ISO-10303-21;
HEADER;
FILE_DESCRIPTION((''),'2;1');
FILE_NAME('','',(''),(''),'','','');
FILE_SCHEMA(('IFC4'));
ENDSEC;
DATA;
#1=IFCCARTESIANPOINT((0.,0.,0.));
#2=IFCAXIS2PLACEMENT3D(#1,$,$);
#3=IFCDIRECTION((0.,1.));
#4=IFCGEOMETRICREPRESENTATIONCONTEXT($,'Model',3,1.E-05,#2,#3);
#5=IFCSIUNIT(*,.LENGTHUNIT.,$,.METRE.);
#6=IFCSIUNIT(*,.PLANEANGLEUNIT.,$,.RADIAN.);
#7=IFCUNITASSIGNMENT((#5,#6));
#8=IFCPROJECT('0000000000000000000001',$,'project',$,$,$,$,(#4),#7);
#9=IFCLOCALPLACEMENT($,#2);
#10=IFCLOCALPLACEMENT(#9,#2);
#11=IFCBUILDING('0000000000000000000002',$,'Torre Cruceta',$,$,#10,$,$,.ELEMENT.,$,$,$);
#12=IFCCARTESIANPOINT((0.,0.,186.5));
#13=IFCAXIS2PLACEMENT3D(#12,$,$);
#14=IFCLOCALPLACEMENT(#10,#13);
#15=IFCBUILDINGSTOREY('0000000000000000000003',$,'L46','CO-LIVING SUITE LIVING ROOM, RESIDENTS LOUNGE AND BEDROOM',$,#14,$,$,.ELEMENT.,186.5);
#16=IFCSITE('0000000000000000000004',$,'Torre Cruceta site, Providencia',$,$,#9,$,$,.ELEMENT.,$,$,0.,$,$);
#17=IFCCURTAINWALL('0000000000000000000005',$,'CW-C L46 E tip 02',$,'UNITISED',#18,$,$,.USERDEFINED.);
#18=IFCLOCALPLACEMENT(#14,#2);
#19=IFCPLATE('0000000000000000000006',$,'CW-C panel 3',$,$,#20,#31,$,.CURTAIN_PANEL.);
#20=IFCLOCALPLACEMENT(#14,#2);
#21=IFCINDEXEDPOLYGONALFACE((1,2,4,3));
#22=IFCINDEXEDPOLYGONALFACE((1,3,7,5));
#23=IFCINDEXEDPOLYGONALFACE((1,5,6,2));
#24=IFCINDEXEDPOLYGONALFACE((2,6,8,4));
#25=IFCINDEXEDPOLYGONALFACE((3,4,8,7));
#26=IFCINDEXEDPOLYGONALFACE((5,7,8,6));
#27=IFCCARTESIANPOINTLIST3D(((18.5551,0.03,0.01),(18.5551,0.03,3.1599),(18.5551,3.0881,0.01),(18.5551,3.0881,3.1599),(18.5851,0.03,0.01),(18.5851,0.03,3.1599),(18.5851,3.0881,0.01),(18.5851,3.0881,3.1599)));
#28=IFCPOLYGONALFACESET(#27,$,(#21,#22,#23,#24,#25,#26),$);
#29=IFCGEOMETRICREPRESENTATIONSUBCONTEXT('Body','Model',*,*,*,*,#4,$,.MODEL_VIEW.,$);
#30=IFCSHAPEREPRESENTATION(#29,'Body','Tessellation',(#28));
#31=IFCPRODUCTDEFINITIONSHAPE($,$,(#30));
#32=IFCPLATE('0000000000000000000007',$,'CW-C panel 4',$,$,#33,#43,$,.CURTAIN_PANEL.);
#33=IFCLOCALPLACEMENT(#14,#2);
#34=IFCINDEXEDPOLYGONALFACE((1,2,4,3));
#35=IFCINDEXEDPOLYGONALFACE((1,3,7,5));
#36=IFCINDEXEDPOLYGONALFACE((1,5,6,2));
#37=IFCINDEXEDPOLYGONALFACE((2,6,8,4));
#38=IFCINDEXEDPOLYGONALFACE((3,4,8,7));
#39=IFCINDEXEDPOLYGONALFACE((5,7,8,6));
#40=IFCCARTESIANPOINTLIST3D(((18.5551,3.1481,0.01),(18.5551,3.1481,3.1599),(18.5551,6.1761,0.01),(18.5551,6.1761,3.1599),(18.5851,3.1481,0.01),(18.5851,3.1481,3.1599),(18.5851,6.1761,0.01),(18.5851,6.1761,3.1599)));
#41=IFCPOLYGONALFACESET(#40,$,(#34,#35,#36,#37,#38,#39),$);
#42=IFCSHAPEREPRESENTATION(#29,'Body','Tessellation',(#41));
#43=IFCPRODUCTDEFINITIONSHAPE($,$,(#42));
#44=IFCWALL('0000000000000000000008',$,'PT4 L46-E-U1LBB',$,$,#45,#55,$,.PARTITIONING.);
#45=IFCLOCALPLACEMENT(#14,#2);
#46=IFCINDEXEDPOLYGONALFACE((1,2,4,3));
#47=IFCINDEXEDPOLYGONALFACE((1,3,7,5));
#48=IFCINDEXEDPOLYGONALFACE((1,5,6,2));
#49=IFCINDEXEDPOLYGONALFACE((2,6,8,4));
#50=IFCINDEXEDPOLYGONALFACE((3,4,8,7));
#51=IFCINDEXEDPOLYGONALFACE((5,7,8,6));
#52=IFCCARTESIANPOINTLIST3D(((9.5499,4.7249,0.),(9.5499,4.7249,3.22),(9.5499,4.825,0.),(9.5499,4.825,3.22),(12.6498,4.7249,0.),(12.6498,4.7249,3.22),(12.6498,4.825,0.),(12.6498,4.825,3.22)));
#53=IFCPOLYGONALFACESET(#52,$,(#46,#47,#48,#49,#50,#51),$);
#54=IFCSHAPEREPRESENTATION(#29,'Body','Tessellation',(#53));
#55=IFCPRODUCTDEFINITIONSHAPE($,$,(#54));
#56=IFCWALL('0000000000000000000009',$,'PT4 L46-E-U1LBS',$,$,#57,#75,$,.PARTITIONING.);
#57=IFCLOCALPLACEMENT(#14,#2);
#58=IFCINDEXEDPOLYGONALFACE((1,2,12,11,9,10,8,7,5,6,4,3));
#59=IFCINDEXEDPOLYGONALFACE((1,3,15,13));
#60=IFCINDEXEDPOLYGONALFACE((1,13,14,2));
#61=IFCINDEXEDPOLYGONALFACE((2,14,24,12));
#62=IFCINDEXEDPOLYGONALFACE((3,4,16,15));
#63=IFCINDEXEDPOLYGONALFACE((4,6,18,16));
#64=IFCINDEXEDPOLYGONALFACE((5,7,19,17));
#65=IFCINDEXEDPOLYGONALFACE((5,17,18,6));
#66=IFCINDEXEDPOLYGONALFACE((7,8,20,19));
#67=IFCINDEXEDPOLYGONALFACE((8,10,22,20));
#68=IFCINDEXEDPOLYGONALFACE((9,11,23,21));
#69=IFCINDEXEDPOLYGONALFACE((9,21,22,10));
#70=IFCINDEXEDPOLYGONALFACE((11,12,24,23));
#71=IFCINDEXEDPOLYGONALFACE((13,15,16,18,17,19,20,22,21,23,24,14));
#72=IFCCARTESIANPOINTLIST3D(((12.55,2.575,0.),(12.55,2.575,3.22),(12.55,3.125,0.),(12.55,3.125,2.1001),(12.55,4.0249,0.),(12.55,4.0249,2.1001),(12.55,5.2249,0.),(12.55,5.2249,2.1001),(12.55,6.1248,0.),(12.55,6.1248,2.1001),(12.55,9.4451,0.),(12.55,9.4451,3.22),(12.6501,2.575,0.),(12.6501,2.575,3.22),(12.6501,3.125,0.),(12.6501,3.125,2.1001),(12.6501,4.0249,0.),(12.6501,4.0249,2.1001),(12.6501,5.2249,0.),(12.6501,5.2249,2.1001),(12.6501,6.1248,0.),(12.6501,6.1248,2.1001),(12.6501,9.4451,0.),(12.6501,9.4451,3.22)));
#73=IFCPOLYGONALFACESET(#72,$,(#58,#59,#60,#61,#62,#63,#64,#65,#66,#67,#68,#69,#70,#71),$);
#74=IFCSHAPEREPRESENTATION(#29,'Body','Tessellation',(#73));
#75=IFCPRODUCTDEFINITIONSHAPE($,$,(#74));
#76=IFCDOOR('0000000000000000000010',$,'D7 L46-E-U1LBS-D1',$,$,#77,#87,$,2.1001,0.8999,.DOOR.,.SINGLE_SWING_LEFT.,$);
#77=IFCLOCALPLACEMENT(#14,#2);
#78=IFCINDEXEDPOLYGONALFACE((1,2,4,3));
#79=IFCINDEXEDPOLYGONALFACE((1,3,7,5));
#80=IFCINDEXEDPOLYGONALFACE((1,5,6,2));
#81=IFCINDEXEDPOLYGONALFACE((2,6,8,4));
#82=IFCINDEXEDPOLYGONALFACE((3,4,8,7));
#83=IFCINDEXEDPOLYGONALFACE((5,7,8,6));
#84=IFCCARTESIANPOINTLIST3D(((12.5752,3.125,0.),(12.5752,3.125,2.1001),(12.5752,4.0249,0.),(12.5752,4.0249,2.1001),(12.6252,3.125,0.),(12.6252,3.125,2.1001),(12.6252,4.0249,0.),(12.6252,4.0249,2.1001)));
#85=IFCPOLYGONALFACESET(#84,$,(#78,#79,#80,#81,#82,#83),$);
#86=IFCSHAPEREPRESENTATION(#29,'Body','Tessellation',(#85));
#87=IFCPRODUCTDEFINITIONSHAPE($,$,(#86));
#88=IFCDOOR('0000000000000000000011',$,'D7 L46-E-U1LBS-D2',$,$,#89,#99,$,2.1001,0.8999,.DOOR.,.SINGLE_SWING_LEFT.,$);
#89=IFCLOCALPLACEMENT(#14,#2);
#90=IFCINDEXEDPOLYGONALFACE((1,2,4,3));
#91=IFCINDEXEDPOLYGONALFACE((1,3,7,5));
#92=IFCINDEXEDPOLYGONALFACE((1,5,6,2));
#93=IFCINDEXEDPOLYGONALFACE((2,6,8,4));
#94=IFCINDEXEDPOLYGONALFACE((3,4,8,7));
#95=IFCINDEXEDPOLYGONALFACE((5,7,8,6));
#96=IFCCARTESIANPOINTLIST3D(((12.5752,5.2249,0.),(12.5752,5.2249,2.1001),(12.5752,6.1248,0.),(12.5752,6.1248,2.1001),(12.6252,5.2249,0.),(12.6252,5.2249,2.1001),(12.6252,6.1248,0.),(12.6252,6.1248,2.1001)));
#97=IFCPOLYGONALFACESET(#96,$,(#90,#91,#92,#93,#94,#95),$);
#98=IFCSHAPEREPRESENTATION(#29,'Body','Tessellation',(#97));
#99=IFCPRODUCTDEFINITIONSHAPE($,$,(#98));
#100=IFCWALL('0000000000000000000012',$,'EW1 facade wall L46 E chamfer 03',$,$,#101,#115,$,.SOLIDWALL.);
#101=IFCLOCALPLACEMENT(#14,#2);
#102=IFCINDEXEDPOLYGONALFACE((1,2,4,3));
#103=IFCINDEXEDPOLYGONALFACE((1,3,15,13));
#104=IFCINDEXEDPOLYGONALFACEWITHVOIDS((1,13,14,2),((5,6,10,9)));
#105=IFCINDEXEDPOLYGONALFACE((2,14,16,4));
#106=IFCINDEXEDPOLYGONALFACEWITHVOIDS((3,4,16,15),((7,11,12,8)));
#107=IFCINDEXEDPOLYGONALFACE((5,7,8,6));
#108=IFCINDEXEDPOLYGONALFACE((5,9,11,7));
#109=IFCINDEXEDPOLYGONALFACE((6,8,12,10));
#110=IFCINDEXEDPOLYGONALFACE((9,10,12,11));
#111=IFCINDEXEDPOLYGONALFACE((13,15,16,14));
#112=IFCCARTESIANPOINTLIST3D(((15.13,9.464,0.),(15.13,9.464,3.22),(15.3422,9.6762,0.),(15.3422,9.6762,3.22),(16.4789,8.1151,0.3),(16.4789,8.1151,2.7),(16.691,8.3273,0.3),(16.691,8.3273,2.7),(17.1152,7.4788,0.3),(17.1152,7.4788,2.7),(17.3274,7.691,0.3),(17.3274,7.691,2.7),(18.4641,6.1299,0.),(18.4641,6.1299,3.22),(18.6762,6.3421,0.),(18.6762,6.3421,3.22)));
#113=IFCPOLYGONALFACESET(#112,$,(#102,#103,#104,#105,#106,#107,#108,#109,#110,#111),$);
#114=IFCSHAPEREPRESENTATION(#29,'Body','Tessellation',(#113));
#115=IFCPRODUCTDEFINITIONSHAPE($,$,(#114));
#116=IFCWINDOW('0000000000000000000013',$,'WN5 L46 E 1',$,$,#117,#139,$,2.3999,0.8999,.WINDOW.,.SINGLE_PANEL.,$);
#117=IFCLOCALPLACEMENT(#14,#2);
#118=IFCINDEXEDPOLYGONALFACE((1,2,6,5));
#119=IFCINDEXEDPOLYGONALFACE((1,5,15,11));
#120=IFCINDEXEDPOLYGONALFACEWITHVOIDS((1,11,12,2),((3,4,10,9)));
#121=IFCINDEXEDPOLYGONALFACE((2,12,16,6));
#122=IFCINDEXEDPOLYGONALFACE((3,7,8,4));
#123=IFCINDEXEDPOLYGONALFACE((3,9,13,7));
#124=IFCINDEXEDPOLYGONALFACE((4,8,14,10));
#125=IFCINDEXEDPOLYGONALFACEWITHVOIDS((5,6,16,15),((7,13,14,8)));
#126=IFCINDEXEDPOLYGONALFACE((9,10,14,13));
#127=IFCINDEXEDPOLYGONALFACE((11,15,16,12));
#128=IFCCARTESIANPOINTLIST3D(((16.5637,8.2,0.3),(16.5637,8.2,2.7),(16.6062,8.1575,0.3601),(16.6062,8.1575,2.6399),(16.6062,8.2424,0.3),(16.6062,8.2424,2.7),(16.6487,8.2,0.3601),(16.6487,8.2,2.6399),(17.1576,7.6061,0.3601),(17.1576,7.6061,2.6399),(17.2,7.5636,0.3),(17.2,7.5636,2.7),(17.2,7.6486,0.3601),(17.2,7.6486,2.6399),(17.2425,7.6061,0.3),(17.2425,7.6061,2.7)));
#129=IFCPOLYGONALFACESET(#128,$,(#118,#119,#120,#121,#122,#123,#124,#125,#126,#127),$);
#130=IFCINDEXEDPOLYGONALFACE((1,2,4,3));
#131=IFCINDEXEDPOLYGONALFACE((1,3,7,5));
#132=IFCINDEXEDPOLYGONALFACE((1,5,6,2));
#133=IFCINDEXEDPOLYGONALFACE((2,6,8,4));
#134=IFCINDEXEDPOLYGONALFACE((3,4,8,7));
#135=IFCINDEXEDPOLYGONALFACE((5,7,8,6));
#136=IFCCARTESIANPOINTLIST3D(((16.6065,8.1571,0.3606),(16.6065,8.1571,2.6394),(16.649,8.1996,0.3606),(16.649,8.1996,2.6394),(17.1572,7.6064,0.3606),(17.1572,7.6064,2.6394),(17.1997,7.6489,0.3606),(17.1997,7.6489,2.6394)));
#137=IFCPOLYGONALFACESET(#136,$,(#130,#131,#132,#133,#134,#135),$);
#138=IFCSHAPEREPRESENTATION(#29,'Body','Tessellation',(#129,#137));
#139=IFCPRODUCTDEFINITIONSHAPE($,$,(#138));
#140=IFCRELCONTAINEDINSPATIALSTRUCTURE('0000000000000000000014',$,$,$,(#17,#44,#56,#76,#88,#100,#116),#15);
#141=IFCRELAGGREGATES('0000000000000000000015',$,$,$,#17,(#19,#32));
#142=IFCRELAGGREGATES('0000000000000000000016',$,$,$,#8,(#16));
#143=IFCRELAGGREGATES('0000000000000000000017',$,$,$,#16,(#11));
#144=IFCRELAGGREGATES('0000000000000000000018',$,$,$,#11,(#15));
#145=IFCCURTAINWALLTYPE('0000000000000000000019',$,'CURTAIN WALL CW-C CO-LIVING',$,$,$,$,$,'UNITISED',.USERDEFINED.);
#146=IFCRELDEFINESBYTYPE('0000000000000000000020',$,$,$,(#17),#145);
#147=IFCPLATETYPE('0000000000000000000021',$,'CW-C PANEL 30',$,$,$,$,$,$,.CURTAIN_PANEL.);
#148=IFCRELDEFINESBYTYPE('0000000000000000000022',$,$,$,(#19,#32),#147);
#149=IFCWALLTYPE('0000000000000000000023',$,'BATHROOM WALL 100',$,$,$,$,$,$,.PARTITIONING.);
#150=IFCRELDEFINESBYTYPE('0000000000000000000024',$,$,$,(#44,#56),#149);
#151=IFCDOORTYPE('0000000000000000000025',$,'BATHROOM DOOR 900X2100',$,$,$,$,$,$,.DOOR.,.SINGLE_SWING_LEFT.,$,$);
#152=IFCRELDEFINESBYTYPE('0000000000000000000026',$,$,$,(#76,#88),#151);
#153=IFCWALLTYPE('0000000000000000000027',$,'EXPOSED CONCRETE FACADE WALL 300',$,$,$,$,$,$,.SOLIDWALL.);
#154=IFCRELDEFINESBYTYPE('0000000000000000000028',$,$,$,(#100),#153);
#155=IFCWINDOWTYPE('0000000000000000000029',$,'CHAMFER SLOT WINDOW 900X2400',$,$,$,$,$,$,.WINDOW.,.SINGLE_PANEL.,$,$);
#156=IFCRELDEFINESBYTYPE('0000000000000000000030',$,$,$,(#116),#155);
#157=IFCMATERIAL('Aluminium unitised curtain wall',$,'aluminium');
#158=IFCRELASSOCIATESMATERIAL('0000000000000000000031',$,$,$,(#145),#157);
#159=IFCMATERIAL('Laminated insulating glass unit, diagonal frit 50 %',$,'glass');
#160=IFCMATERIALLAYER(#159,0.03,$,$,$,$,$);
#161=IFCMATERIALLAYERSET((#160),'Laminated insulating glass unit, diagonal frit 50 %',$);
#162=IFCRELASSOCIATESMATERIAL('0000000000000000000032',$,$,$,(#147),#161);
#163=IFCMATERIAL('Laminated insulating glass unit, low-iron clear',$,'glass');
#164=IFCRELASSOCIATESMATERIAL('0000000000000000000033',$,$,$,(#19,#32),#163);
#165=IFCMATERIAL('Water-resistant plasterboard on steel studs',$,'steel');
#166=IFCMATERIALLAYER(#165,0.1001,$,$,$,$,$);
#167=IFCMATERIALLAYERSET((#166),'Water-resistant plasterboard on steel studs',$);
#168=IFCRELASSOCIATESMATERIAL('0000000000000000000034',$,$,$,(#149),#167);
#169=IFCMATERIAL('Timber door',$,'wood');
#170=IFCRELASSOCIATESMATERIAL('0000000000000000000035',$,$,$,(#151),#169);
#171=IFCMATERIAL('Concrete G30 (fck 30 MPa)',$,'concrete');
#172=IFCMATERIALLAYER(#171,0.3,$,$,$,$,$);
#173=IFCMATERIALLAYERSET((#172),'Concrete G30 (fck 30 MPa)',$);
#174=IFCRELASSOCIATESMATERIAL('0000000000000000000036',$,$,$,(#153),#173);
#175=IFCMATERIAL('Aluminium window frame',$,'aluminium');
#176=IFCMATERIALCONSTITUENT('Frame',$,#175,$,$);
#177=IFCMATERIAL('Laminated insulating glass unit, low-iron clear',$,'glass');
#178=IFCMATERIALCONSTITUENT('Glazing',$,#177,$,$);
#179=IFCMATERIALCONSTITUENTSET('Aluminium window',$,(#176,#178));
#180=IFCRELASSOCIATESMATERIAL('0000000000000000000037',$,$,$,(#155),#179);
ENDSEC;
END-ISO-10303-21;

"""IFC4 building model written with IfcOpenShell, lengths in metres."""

from ifc_helpers import new_model, si_unit, direction, frame, frame_2d, origin, origin_2d, place, context, subcontext, project, spatial, rectangle, hollow_rectangle, extrude, material, layer, layer_set, constituent, constituent_set, type_object, element, fill, aggregate, save


model = new_model("IFC4")

# Units and contexts
model_context = context("Model", 3, precision=1e-05, world=origin(), true_north=direction((0.0, 1.0)))
body_context = subcontext(model_context, "Body", "Model", "MODEL_VIEW")
ifc_project = project(units=[si_unit("LENGTHUNIT", "METRE"), si_unit("PLANEANGLEUNIT", "RADIAN")], contexts=[model_context])

# Site, building, storey
site_placement = place(None, origin())
site = spatial("IfcSite", under=ifc_project, at=site_placement, Name="Torre Cruceta site, Providencia", CompositionType="ELEMENT", RefElevation=0.0)
building_placement = place(site_placement, origin())
building = spatial("IfcBuilding", under=site, at=building_placement, Name="Torre Cruceta", CompositionType="ELEMENT")
storey_placement = place(building_placement, frame((0.0, 0.0, 186.5)))
storey = spatial("IfcBuildingStorey", under=building, at=storey_placement, Name="L46", Description="CO-LIVING SUITE LIVING ROOM, RESIDENTS LOUNGE AND BEDROOM", CompositionType="ELEMENT", Elevation=186.5)

# Curtain wall
ifc_material_1 = material(Name="Aluminium unitised curtain wall", Category="aluminium")
curtain_wall_type = type_object("IfcCurtainWallType", Name="CURTAIN WALL CW-C CO-LIVING", ElementType="UNITISED", PredefinedType="USERDEFINED", material=ifc_material_1)
curtain_wall_placement = place(storey_placement, origin())
curtain_wall = element("IfcCurtainWall", 1, at=curtain_wall_placement, inside=storey, type_object=curtain_wall_type, Name="CW-C L46 E tip 02", ObjectType="UNITISED", PredefinedType="USERDEFINED")

# Plates
ifc_material_2 = material(Name="Laminated insulating glass unit, low-iron clear", Category="glass")
ifc_material_3 = material(Name="Laminated insulating glass unit, diagonal frit 50 %", Category="glass")
ifc_layer_1 = layer(ifc_material_3, 0.03)
ifc_layer_set_1 = layer_set([ifc_layer_1], Name="Laminated insulating glass unit, diagonal frit 50 %")
plate_type = type_object("IfcPlateType", Name="CW-C PANEL 30", PredefinedType="CURTAIN_PANEL", material=ifc_layer_set_1)
plate_1_placement = place(storey_placement, frame((18.5701, 1.5591, 0.01), z_axis=(0.0, 0.0, 1.0), x_axis=(0.0, 1.0, 0.0)))
plate_1 = element("IfcPlate", 2, at=plate_1_placement, type_object=plate_type, material=ifc_material_2, Name="CW-C panel 3", PredefinedType="CURTAIN_PANEL", context=body_context, shape_type="SweptSolid", body=[
    extrude(rectangle(XDim=3.0581, YDim=0.03, at=origin_2d()), origin(), (0.0, 0.0, 1.0), 3.1499),
])
plate_2_placement = place(storey_placement, frame((18.5701, 4.6621, 0.01), z_axis=(0.0, 0.0, 1.0), x_axis=(0.0, 1.0, 0.0)))
plate_2 = element("IfcPlate", 3, at=plate_2_placement, type_object=plate_type, material=ifc_material_2, Name="CW-C panel 4", PredefinedType="CURTAIN_PANEL", context=body_context, shape_type="SweptSolid", body=[
    extrude(rectangle(XDim=3.0281, YDim=0.03, at=origin_2d()), origin(), (0.0, 0.0, 1.0), 3.1499),
])
aggregate(curtain_wall, [plate_1, plate_2])

# Wall
ifc_material_4 = material(Name="Water-resistant plasterboard on steel studs", Category="steel")
ifc_layer_2 = layer(ifc_material_4, 0.1001)
ifc_layer_set_2 = layer_set([ifc_layer_2], Name="Water-resistant plasterboard on steel studs")
wall_type_1 = type_object("IfcWallType", Name="BATHROOM WALL 100", PredefinedType="PARTITIONING", material=ifc_layer_set_2)
wall_1_placement = place(storey_placement, frame((9.55, 4.7749, 0.0), z_axis=(0.0, 0.0, 1.0), x_axis=(1.0, 0.0, 0.0)))
element("IfcWall", 4, at=wall_1_placement, inside=storey, type_object=wall_type_1, Name="PT4 L46-E-U1LBB", PredefinedType="PARTITIONING", context=body_context, shape_type="SweptSolid", body=[
    extrude(rectangle(XDim=3.0999, YDim=0.1001, at=frame_2d((1.5498, 0.0))), origin(), (0.0, 0.0, 1.0), 3.22),
])

# Wall, openings, doors
wall_2_placement = place(storey_placement, frame((12.6001, 2.575, 0.0), z_axis=(0.0, 0.0, 1.0), x_axis=(0.0, 1.0, 0.0)))
wall_2 = element("IfcWall", 5, at=wall_2_placement, inside=storey, type_object=wall_type_1, Name="PT4 L46-E-U1LBS", PredefinedType="PARTITIONING", context=body_context, shape_type="SweptSolid", body=[
    extrude(rectangle(XDim=6.8701, YDim=0.1001, at=frame_2d((3.4351, 0.0))), origin(), (0.0, 0.0, 1.0), 3.22),
])
opening_1_placement = place(wall_2_placement, frame((0.55, 0.0, 0.0)))
opening_1 = element("IfcOpeningElement", 6, at=opening_1_placement, cuts=wall_2, PredefinedType="OPENING", context=body_context, shape_type="SweptSolid", body=[
    extrude(rectangle(XDim=0.8999, YDim=2.1001, at=frame_2d((0.45, 1.05))), frame((0.0, 0.0601, 0.0), z_axis=(0.0, -1.0, 0.0), x_axis=(1.0, 0.0, 0.0)), (0.0, 0.0, 1.0), 0.1201),
])
opening_2_placement = place(wall_2_placement, frame((2.6499, 0.0, 0.0)))
opening_2 = element("IfcOpeningElement", 7, at=opening_2_placement, cuts=wall_2, PredefinedType="OPENING", context=body_context, shape_type="SweptSolid", body=[
    extrude(rectangle(XDim=0.8999, YDim=2.1001, at=frame_2d((0.45, 1.05))), frame((0.0, 0.0601, 0.0), z_axis=(0.0, -1.0, 0.0), x_axis=(1.0, 0.0, 0.0)), (0.0, 0.0, 1.0), 0.1201),
])
ifc_material_5 = material(Name="Timber door", Category="wood")
door_type_1 = type_object("IfcDoorType", Name="BATHROOM DOOR 900X2100", OperationType="SINGLE_SWING_LEFT", PredefinedType="DOOR", material=ifc_material_5)
door_1_placement = place(opening_1_placement, origin())
door_1 = element("IfcDoor", 8, at=door_1_placement, inside=storey, type_object=door_type_1, Name="D7 L46-E-U1LBS-D1", OperationType="SINGLE_SWING_LEFT", OverallHeight=2.1001, OverallWidth=0.8999, PredefinedType="DOOR", context=body_context, shape_type="SweptSolid", body=[
    extrude(rectangle(XDim=0.8999, YDim=2.1001, at=frame_2d((0.45, 1.05))), frame((0.0, 0.0249, 0.0), z_axis=(0.0, -1.0, 0.0), x_axis=(1.0, 0.0, 0.0)), (0.0, 0.0, 1.0), 0.05),
])
fill(opening_1, door_1)
door_2_placement = place(opening_2_placement, origin())
door_2 = element("IfcDoor", 9, at=door_2_placement, inside=storey, type_object=door_type_1, Name="D7 L46-E-U1LBS-D2", OperationType="SINGLE_SWING_LEFT", OverallHeight=2.1001, OverallWidth=0.8999, PredefinedType="DOOR", context=body_context, shape_type="SweptSolid", body=[
    extrude(rectangle(XDim=0.8999, YDim=2.1001, at=frame_2d((0.45, 1.05))), frame((0.0, 0.0249, 0.0), z_axis=(0.0, -1.0, 0.0), x_axis=(1.0, 0.0, 0.0)), (0.0, 0.0, 1.0), 0.05),
])
fill(opening_2, door_2)

# Wall, opening, window
ifc_material_6 = material(Name="Concrete G30 (fck 30 MPa)", Category="concrete")
ifc_layer_3 = layer(ifc_material_6, 0.3)
ifc_layer_set_3 = layer_set([ifc_layer_3], Name="Concrete G30 (fck 30 MPa)")
wall_type_2 = type_object("IfcWallType", Name="EXPOSED CONCRETE FACADE WALL 300", PredefinedType="SOLIDWALL", material=ifc_layer_set_3)
wall_3_placement = place(storey_placement, frame((18.5701, 6.2361, 0.0), z_axis=(0.0, 0.0, 1.0), x_axis=(-0.707107, 0.707107, 0.0)))
wall_3 = element("IfcWall", 10, at=wall_3_placement, inside=storey, type_object=wall_type_2, Name="EW1 facade wall L46 E chamfer 03", PredefinedType="SOLIDWALL", context=body_context, shape_type="SweptSolid", body=[
    extrude(rectangle(XDim=4.7151, YDim=0.3, at=frame_2d((2.3574, 0.0))), origin(), (0.0, 0.0, 1.0), 3.22),
])
opening_3_placement = place(wall_3_placement, frame((1.9075, 0.0, 0.3)))
opening_3 = element("IfcOpeningElement", 11, at=opening_3_placement, cuts=wall_3, PredefinedType="OPENING", context=body_context, shape_type="SweptSolid", body=[
    extrude(rectangle(XDim=0.8999, YDim=2.3999, at=frame_2d((0.45, 1.2))), frame((0.0, 0.1599, 0.0), z_axis=(0.0, -1.0, 0.0), x_axis=(1.0, 0.0, 0.0)), (0.0, 0.0, 1.0), 0.3201),
])
ifc_material_7 = material(Name="Aluminium window frame", Category="aluminium")
ifc_constituent_1 = constituent(ifc_material_7, Name="Frame")
ifc_material_8 = material(Name="Laminated insulating glass unit, low-iron clear", Category="glass")
ifc_constituent_2 = constituent(ifc_material_8, Name="Glazing")
ifc_constituent_set_1 = constituent_set(constituents=[ifc_constituent_1, ifc_constituent_2], Name="Aluminium window")
window_type = type_object("IfcWindowType", Name="CHAMFER SLOT WINDOW 900X2400", PartitioningType="SINGLE_PANEL", PredefinedType="WINDOW", material=ifc_constituent_set_1)
window_placement = place(opening_3_placement, origin())
window = element("IfcWindow", 12, at=window_placement, inside=storey, type_object=window_type, Name="WN5 L46 E 1", OverallHeight=2.3999, OverallWidth=0.8999, PartitioningType="SINGLE_PANEL", PredefinedType="WINDOW", context=body_context, shape_type="SweptSolid", body=[
    extrude(hollow_rectangle(XDim=0.8999, YDim=2.3999, WallThickness=0.0601, at=frame_2d((0.45, 1.2))), frame((0.0, 0.03, 0.0), z_axis=(0.0, -1.0, 0.0), x_axis=(1.0, 0.0, 0.0)), (0.0, 0.0, 1.0), 0.0601),
    extrude(rectangle(XDim=0.7788, YDim=2.2788, at=frame_2d((0.45, 1.2))), frame((0.0, 0.03, 0.0), z_axis=(0.0, -1.0, 0.0), x_axis=(1.0, 0.0, 0.0)), (0.0, 0.0, 1.0), 0.0601),
])
fill(opening_3, window)

save(model, "model.ifc")
